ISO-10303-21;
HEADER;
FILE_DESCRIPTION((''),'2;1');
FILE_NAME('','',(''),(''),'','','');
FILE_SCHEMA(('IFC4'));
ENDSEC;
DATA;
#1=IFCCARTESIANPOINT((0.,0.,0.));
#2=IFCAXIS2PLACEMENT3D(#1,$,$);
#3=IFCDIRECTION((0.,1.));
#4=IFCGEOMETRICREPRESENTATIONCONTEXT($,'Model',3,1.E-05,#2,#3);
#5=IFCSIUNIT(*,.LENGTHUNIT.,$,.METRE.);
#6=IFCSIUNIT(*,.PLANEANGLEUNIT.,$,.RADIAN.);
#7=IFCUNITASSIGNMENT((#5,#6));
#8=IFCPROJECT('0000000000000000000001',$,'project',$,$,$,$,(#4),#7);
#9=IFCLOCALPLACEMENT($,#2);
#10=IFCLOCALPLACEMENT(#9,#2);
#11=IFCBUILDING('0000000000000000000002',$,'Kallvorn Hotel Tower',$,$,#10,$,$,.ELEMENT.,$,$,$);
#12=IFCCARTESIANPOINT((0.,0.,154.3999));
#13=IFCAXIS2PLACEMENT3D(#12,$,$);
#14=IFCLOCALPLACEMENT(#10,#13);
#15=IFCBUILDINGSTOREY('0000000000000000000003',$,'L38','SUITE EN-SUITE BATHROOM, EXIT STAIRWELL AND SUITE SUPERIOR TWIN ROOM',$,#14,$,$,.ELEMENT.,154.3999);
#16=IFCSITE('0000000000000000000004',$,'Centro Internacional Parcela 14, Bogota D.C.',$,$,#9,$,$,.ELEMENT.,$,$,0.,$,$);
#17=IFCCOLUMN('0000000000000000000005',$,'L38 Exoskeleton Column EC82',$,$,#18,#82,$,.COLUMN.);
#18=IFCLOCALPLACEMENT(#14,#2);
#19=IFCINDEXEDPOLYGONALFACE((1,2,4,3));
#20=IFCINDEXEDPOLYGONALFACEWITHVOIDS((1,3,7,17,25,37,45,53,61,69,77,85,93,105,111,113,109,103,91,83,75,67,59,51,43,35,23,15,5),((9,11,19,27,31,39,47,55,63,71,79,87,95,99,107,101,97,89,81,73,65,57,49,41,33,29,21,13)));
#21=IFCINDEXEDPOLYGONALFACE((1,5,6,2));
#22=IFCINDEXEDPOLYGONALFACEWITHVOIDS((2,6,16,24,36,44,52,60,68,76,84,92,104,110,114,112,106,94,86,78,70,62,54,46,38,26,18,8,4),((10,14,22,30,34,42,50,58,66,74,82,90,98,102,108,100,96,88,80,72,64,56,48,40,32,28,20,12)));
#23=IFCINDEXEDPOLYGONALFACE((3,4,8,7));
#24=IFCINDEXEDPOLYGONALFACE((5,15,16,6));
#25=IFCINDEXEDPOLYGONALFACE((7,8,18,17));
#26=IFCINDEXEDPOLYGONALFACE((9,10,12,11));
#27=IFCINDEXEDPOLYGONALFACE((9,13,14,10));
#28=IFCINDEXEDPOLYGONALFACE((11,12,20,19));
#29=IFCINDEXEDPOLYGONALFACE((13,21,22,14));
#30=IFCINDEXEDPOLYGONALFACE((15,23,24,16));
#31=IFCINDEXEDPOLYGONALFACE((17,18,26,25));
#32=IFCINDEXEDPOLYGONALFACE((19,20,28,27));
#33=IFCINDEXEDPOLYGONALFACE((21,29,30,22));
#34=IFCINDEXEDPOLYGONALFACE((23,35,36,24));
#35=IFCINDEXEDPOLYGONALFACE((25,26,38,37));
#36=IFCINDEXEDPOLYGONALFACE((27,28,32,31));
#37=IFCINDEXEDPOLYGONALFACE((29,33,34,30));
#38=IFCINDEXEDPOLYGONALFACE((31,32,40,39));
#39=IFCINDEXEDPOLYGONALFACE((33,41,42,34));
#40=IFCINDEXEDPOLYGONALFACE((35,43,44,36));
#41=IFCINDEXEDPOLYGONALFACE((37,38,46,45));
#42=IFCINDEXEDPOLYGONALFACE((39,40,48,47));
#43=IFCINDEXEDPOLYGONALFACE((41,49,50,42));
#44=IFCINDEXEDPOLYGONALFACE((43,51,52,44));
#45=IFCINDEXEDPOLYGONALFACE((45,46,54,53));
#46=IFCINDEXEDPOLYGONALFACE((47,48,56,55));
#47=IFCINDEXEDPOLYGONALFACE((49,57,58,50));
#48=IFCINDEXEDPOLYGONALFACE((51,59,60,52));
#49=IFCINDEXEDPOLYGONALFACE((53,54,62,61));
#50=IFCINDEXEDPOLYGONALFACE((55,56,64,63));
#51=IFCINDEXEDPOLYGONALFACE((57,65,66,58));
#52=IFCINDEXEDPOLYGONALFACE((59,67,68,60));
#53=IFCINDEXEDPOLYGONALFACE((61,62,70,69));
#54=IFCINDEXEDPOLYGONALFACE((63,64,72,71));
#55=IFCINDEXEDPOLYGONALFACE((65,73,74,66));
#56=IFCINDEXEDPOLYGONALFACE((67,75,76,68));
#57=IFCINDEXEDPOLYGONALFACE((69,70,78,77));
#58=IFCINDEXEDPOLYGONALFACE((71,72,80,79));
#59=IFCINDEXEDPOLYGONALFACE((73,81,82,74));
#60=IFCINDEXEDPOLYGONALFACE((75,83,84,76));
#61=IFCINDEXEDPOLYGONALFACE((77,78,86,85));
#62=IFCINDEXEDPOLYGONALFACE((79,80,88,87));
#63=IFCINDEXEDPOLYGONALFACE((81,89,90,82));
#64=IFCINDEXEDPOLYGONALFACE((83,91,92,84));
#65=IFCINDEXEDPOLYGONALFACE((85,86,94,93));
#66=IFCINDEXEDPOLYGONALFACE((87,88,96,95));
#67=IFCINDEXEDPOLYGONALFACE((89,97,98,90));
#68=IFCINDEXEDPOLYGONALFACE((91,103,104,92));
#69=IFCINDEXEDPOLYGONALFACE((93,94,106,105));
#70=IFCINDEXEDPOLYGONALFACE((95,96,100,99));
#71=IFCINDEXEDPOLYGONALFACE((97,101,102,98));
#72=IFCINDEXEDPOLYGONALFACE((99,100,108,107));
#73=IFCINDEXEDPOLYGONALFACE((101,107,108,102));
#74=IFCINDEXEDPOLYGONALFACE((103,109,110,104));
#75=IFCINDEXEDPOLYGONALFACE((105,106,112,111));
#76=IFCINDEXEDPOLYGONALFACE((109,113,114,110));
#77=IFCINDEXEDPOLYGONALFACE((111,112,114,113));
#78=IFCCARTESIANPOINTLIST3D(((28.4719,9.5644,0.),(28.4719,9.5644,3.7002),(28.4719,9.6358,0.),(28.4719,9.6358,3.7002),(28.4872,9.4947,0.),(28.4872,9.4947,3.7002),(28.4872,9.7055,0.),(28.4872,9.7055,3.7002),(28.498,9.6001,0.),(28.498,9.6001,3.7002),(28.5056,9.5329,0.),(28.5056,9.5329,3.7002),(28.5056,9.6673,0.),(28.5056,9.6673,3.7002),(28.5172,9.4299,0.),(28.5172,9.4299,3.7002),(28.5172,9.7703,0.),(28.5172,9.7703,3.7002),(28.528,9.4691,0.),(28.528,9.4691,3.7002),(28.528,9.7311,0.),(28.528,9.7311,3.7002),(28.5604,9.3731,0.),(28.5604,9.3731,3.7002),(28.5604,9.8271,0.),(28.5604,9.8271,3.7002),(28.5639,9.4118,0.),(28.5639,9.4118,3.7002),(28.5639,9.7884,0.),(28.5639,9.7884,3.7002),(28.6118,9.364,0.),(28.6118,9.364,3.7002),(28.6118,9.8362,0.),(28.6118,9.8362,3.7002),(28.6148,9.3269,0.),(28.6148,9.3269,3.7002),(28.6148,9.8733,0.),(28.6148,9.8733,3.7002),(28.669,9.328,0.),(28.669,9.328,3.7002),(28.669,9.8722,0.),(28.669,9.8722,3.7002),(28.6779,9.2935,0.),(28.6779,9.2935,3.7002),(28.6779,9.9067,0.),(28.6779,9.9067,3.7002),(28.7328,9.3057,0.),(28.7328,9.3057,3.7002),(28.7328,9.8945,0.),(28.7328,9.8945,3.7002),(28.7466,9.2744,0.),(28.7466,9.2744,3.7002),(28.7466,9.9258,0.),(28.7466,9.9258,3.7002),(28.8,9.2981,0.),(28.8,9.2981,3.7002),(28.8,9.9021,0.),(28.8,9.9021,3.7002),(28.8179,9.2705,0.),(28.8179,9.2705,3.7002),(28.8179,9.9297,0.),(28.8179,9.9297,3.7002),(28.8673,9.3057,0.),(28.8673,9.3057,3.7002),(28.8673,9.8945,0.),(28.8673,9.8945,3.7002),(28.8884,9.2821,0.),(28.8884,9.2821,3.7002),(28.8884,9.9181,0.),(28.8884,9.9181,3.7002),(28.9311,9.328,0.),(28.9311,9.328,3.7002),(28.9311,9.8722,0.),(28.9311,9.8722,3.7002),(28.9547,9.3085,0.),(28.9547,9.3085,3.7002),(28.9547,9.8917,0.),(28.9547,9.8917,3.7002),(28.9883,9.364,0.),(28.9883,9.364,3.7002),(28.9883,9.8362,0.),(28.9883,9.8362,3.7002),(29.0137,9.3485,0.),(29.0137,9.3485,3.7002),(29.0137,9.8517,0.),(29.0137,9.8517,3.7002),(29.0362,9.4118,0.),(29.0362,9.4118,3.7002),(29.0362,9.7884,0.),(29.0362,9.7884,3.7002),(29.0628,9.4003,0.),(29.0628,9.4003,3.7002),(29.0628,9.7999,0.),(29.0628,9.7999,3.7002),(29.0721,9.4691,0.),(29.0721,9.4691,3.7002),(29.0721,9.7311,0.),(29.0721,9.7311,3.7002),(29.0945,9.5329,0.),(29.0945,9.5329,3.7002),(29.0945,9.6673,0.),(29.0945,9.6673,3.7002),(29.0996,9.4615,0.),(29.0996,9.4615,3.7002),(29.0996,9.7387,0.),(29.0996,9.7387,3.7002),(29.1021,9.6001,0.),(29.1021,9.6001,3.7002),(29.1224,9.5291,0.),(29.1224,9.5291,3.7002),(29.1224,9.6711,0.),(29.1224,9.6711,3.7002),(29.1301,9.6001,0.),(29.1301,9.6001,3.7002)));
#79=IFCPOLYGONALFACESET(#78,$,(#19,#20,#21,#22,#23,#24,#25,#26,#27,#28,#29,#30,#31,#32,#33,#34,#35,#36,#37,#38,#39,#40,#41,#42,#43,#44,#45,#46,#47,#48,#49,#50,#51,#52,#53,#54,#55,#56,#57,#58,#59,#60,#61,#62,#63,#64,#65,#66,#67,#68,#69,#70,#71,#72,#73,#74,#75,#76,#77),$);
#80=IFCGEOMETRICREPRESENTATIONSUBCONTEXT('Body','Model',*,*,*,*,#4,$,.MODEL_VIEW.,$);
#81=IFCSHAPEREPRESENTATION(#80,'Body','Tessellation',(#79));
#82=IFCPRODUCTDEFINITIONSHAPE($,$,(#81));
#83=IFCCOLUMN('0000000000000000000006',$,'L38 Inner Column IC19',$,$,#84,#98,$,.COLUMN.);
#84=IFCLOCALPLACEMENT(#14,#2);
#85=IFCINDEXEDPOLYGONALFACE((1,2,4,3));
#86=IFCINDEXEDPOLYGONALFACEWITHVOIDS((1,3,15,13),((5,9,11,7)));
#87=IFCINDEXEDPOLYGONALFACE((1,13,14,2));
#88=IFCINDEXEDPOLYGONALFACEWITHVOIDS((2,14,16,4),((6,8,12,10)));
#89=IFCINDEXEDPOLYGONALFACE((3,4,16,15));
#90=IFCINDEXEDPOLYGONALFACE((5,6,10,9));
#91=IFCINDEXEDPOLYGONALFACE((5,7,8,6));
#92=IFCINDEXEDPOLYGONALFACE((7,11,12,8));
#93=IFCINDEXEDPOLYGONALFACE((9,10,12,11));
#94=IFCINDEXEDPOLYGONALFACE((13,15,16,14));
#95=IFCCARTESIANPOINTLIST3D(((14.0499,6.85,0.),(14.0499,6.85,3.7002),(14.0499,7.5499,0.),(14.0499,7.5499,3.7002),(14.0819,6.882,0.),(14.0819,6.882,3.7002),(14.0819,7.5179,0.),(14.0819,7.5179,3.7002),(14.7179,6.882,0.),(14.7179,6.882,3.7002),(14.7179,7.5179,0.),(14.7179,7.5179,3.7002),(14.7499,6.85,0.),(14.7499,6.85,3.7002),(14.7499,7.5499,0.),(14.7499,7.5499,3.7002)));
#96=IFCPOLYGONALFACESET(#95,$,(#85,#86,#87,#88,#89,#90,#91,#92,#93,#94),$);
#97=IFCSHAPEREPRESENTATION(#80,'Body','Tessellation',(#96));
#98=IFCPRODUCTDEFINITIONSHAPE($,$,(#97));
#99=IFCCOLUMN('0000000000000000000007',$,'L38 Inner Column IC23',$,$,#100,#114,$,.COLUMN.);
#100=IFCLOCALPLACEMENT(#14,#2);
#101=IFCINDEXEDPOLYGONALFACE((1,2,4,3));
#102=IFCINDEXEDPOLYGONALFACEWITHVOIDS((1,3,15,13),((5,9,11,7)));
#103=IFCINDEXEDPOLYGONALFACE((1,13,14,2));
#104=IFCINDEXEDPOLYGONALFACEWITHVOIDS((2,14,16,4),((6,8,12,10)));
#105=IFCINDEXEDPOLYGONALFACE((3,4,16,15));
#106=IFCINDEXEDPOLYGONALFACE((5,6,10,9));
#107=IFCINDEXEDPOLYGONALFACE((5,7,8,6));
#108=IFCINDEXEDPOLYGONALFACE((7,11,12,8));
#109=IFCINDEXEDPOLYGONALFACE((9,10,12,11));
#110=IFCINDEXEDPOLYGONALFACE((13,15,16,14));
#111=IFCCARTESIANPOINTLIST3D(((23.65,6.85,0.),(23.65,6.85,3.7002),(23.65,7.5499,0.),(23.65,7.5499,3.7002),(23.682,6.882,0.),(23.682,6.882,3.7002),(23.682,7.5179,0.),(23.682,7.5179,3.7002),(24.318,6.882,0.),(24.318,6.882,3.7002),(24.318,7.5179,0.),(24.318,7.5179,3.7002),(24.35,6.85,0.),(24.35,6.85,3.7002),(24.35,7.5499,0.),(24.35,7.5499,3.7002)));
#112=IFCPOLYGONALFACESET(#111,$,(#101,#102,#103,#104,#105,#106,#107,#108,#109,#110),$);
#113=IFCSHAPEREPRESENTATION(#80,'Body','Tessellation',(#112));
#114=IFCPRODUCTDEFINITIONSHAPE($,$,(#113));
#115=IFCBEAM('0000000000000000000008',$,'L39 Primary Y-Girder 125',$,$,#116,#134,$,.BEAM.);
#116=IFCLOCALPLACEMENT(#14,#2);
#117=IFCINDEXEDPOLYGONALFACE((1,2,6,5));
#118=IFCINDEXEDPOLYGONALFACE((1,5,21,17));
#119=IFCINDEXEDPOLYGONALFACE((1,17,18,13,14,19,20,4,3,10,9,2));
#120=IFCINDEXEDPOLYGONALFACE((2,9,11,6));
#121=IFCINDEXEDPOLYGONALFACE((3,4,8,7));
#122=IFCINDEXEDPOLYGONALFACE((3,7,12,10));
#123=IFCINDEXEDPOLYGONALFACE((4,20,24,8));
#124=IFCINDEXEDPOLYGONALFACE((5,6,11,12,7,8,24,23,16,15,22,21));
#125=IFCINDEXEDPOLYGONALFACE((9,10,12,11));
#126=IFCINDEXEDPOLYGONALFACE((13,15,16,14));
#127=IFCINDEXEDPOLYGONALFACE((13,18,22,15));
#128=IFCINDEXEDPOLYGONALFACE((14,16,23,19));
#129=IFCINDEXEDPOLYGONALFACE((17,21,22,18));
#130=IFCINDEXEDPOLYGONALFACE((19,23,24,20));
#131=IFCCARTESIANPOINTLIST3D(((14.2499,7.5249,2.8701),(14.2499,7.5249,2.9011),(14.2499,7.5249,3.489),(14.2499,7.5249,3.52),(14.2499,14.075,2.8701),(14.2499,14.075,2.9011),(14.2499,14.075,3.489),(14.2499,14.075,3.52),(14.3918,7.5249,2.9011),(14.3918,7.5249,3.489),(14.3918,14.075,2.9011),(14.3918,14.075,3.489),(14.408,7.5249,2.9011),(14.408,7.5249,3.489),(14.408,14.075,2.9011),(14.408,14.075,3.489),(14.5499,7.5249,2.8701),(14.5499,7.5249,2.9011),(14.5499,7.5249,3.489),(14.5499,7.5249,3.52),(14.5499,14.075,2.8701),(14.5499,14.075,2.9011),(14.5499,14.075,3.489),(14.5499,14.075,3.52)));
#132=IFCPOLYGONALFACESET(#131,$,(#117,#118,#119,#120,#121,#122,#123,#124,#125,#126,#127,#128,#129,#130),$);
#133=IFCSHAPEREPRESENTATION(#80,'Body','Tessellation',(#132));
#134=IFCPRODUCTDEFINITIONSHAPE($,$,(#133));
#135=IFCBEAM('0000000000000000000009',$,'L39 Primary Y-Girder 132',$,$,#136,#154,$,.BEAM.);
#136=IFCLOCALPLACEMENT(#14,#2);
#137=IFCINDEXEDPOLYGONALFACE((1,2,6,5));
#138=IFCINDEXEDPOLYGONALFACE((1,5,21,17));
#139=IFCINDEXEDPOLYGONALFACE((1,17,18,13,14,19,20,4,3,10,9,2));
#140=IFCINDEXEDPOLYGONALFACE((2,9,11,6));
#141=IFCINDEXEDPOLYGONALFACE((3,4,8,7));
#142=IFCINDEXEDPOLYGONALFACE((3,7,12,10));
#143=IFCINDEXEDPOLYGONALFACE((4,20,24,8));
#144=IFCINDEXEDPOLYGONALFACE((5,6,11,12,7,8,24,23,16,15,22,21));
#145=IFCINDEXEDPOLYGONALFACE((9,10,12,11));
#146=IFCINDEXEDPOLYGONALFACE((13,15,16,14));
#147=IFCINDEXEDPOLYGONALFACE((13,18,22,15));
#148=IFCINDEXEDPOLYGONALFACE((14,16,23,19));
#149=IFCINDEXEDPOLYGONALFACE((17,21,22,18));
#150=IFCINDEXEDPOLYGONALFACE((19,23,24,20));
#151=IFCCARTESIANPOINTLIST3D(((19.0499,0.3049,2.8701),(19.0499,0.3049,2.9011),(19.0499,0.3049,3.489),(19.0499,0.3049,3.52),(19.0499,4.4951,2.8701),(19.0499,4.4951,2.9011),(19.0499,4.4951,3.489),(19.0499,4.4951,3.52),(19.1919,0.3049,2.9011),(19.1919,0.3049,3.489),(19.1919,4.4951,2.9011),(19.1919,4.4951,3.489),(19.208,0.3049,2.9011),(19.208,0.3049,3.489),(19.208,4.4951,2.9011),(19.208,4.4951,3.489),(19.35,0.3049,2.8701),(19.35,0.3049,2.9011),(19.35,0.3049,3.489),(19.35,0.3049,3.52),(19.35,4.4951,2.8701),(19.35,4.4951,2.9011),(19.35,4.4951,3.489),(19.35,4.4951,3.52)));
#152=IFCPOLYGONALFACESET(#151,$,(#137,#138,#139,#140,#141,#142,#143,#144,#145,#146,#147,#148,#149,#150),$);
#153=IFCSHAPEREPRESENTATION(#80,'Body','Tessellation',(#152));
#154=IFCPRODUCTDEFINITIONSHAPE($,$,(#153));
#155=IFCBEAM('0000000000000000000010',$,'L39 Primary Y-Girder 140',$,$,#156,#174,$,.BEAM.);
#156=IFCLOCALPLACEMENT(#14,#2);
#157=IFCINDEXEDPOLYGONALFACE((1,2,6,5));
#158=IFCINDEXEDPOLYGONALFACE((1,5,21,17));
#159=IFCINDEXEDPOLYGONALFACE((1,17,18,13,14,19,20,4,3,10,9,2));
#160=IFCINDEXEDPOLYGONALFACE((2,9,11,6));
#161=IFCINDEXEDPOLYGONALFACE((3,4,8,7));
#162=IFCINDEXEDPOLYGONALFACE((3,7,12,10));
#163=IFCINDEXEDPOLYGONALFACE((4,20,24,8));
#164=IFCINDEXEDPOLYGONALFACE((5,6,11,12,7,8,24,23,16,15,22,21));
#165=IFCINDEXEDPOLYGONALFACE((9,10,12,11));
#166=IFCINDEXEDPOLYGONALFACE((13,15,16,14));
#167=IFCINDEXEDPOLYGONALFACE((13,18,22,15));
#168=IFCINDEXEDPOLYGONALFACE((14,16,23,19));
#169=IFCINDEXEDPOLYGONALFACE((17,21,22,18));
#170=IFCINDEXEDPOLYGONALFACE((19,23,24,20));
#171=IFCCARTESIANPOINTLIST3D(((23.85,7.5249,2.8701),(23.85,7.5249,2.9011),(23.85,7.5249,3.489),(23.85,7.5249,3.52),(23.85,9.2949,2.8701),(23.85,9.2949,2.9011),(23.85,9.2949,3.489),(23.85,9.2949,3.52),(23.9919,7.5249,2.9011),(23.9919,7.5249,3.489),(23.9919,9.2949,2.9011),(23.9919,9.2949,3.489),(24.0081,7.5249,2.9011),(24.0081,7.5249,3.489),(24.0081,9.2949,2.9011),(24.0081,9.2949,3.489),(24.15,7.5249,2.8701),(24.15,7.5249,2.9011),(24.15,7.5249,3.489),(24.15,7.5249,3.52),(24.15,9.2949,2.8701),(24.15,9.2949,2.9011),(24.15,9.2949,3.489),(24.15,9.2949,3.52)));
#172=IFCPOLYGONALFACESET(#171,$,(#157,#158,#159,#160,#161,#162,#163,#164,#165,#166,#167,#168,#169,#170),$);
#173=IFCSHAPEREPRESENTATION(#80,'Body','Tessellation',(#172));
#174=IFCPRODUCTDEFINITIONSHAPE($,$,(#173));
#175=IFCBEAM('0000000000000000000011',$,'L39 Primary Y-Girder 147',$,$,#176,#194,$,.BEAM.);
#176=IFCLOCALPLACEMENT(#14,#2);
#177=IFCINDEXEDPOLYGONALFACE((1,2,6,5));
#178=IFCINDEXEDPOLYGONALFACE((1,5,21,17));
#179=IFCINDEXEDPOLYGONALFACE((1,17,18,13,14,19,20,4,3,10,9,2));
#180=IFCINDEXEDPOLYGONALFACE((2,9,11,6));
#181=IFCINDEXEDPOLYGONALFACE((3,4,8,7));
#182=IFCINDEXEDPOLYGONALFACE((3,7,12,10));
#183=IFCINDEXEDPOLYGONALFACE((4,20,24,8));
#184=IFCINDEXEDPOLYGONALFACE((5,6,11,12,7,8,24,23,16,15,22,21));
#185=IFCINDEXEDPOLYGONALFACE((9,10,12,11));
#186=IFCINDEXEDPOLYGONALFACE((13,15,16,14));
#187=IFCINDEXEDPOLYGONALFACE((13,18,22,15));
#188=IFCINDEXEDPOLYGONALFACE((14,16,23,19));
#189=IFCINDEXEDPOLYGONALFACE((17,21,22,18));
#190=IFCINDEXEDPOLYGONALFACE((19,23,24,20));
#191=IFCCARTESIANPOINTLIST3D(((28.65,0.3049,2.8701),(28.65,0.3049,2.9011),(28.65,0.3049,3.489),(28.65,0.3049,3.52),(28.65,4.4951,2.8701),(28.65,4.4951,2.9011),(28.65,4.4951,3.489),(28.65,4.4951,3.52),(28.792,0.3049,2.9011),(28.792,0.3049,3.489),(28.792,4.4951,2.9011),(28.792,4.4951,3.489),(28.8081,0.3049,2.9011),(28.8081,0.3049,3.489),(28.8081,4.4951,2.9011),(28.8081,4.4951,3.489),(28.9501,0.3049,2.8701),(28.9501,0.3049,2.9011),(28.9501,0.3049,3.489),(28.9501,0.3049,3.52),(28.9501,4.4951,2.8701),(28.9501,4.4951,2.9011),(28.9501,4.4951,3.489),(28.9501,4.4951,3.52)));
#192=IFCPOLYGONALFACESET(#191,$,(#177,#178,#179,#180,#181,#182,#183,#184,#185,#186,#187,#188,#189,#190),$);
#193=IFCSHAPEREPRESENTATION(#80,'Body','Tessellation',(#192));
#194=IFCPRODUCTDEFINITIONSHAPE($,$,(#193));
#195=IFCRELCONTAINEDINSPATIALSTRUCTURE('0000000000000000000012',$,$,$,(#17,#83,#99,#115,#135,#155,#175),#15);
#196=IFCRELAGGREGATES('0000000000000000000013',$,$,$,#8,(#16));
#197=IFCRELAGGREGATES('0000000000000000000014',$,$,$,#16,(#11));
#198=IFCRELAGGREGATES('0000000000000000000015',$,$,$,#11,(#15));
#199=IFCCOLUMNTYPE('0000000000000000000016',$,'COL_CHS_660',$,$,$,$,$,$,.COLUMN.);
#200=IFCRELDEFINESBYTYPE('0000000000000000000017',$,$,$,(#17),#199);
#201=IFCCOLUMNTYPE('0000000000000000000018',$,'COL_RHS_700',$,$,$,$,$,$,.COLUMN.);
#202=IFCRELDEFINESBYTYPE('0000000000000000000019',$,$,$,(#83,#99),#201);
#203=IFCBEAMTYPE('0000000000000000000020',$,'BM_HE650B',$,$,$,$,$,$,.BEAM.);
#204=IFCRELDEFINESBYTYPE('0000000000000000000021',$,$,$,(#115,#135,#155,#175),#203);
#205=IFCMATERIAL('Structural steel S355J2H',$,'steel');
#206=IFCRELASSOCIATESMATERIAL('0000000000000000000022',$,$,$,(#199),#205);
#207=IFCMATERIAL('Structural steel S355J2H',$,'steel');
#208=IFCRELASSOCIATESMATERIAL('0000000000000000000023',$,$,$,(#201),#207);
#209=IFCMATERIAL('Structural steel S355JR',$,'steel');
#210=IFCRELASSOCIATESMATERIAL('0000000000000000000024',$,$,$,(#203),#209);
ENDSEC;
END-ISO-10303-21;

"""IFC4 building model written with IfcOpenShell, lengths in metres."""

from ifc_helpers import new_model, si_unit, direction, frame, origin, origin_2d, place, context, subcontext, project, spatial, hollow_rectangle, hollow_circle, i_section, extrude, material, material_profile, profile_set, type_object, element, save


model = new_model("IFC4")

# Units and contexts
model_context = context("Model", 3, precision=1e-05, world=origin(), true_north=direction((0.0, 1.0)))
body_context = subcontext(model_context, "Body", "Model", "MODEL_VIEW")
ifc_project = project(units=[si_unit("LENGTHUNIT", "METRE"), si_unit("PLANEANGLEUNIT", "RADIAN")], contexts=[model_context])

# Site, building, storey
site_placement = place(None, origin())
site = spatial("IfcSite", under=ifc_project, at=site_placement, Name="Centro Internacional Parcela 14, Bogota D.C.", CompositionType="ELEMENT", RefElevation=0.0)
building_placement = place(site_placement, origin())
building = spatial("IfcBuilding", under=site, at=building_placement, Name="Kallvorn Hotel Tower", CompositionType="ELEMENT")
storey_placement = place(building_placement, frame((0.0, 0.0, 154.3999)))
storey = spatial("IfcBuildingStorey", under=building, at=storey_placement, Name="L38", Description="SUITE EN-SUITE BATHROOM, EXIT STAIRWELL AND SUITE SUPERIOR TWIN ROOM", CompositionType="ELEMENT", Elevation=154.3999)

# Columns
ifc_material_1 = material(Name="Structural steel S355J2H", Category="steel")
ifc_material_profile_1 = material_profile(ifc_material_1, hollow_circle(Radius=0.3301, WallThickness=0.0281, at=origin_2d()), Name="CHS 660x28")
ifc_profile_set_1 = profile_set([ifc_material_profile_1], Name="Structural steel S355J2H")
column_type_1 = type_object("IfcColumnType", Name="COL_CHS_660", PredefinedType="COLUMN", material=ifc_profile_set_1)
for number, where, z_axis, x_axis, name in (
    (1, (28.8, 9.6001, 0.0), (0.0, 0.0, 1.0), (1.0, 0.0, 0.0), "L38 Exoskeleton Column EC82"),
):
    element("IfcColumn", number, at=place(storey_placement, frame(where, z_axis=z_axis, x_axis=x_axis)), inside=storey, type_object=column_type_1, Name=name, PredefinedType="COLUMN", context=body_context, shape_type="SweptSolid", body=[
        extrude(hollow_circle(Radius=0.3301, WallThickness=0.0281, at=origin_2d()), origin(), (0.0, 0.0, 1.0), 3.7002),
    ])
ifc_material_2 = material(Name="Structural steel S355J2H", Category="steel")
ifc_material_profile_2 = material_profile(ifc_material_2, hollow_rectangle(XDim=0.7, YDim=0.7, WallThickness=0.032, at=origin_2d()), Name="RHS 700x700x32")
ifc_profile_set_2 = profile_set([ifc_material_profile_2], Name="Structural steel S355J2H")
column_type_2 = type_object("IfcColumnType", Name="COL_RHS_700", PredefinedType="COLUMN", material=ifc_profile_set_2)
for number, where, z_axis, x_axis, name in (
    (2, (14.3999, 7.2, 0.0), (0.0, 0.0, 1.0), (1.0, 0.0, 0.0), "L38 Inner Column IC19"),
    (3, (24.0, 7.2, 0.0), (0.0, 0.0, 1.0), (1.0, 0.0, 0.0), "L38 Inner Column IC23"),
):
    element("IfcColumn", number, at=place(storey_placement, frame(where, z_axis=z_axis, x_axis=x_axis)), inside=storey, type_object=column_type_2, Name=name, PredefinedType="COLUMN", context=body_context, shape_type="SweptSolid", body=[
        extrude(hollow_rectangle(XDim=0.7, YDim=0.7, WallThickness=0.032, at=origin_2d()), origin(), (0.0, 0.0, 1.0), 3.7002),
    ])

# Beams
ifc_material_3 = material(Name="Structural steel S355JR", Category="steel")
ifc_material_profile_3 = material_profile(ifc_material_3, i_section(OverallWidth=0.3, OverallDepth=0.6499, WebThickness=0.0161, FlangeThickness=0.031, at=origin_2d()), Name="HE 650 B")
ifc_profile_set_3 = profile_set([ifc_material_profile_3], Name="Structural steel S355JR")
beam_type_1 = type_object("IfcBeamType", Name="BM_HE650B", PredefinedType="BEAM", material=ifc_profile_set_3)
beam_1_placement = place(storey_placement, frame((14.3999, 7.5249, 3.1951), z_axis=(0.0, 1.0, 0.0), x_axis=(-1.0, 0.0, 0.0)))
element("IfcBeam", 4, at=beam_1_placement, inside=storey, type_object=beam_type_1, Name="L39 Primary Y-Girder 125", PredefinedType="BEAM", context=body_context, shape_type="SweptSolid", body=[
    extrude(i_section(OverallWidth=0.3, OverallDepth=0.6499, WebThickness=0.0161, FlangeThickness=0.031, at=origin_2d()), origin(), (0.0, 0.0, 1.0), 6.55),
])
beam_2_placement = place(storey_placement, frame((19.2, 0.3049, 3.1951), z_axis=(0.0, 1.0, 0.0), x_axis=(-1.0, 0.0, 0.0)))
element("IfcBeam", 5, at=beam_2_placement, inside=storey, type_object=beam_type_1, Name="L39 Primary Y-Girder 132", PredefinedType="BEAM", context=body_context, shape_type="SweptSolid", body=[
    extrude(i_section(OverallWidth=0.3, OverallDepth=0.6499, WebThickness=0.0161, FlangeThickness=0.031, at=origin_2d()), origin(), (0.0, 0.0, 1.0), 4.1902),
])
beam_3_placement = place(storey_placement, frame((24.0, 7.5249, 3.1951), z_axis=(0.0, 1.0, 0.0), x_axis=(-1.0, 0.0, 0.0)))
element("IfcBeam", 6, at=beam_3_placement, inside=storey, type_object=beam_type_1, Name="L39 Primary Y-Girder 140", PredefinedType="BEAM", context=body_context, shape_type="SweptSolid", body=[
    extrude(i_section(OverallWidth=0.3, OverallDepth=0.6499, WebThickness=0.0161, FlangeThickness=0.031, at=origin_2d()), origin(), (0.0, 0.0, 1.0), 1.77),
])
beam_4_placement = place(storey_placement, frame((28.8, 0.3049, 3.1951), z_axis=(0.0, 1.0, 0.0), x_axis=(-1.0, 0.0, 0.0)))
element("IfcBeam", 7, at=beam_4_placement, inside=storey, type_object=beam_type_1, Name="L39 Primary Y-Girder 147", PredefinedType="BEAM", context=body_context, shape_type="SweptSolid", body=[
    extrude(i_section(OverallWidth=0.3, OverallDepth=0.6499, WebThickness=0.0161, FlangeThickness=0.031, at=origin_2d()), origin(), (0.0, 0.0, 1.0), 4.1902),
])

save(model, "model.ifc")
